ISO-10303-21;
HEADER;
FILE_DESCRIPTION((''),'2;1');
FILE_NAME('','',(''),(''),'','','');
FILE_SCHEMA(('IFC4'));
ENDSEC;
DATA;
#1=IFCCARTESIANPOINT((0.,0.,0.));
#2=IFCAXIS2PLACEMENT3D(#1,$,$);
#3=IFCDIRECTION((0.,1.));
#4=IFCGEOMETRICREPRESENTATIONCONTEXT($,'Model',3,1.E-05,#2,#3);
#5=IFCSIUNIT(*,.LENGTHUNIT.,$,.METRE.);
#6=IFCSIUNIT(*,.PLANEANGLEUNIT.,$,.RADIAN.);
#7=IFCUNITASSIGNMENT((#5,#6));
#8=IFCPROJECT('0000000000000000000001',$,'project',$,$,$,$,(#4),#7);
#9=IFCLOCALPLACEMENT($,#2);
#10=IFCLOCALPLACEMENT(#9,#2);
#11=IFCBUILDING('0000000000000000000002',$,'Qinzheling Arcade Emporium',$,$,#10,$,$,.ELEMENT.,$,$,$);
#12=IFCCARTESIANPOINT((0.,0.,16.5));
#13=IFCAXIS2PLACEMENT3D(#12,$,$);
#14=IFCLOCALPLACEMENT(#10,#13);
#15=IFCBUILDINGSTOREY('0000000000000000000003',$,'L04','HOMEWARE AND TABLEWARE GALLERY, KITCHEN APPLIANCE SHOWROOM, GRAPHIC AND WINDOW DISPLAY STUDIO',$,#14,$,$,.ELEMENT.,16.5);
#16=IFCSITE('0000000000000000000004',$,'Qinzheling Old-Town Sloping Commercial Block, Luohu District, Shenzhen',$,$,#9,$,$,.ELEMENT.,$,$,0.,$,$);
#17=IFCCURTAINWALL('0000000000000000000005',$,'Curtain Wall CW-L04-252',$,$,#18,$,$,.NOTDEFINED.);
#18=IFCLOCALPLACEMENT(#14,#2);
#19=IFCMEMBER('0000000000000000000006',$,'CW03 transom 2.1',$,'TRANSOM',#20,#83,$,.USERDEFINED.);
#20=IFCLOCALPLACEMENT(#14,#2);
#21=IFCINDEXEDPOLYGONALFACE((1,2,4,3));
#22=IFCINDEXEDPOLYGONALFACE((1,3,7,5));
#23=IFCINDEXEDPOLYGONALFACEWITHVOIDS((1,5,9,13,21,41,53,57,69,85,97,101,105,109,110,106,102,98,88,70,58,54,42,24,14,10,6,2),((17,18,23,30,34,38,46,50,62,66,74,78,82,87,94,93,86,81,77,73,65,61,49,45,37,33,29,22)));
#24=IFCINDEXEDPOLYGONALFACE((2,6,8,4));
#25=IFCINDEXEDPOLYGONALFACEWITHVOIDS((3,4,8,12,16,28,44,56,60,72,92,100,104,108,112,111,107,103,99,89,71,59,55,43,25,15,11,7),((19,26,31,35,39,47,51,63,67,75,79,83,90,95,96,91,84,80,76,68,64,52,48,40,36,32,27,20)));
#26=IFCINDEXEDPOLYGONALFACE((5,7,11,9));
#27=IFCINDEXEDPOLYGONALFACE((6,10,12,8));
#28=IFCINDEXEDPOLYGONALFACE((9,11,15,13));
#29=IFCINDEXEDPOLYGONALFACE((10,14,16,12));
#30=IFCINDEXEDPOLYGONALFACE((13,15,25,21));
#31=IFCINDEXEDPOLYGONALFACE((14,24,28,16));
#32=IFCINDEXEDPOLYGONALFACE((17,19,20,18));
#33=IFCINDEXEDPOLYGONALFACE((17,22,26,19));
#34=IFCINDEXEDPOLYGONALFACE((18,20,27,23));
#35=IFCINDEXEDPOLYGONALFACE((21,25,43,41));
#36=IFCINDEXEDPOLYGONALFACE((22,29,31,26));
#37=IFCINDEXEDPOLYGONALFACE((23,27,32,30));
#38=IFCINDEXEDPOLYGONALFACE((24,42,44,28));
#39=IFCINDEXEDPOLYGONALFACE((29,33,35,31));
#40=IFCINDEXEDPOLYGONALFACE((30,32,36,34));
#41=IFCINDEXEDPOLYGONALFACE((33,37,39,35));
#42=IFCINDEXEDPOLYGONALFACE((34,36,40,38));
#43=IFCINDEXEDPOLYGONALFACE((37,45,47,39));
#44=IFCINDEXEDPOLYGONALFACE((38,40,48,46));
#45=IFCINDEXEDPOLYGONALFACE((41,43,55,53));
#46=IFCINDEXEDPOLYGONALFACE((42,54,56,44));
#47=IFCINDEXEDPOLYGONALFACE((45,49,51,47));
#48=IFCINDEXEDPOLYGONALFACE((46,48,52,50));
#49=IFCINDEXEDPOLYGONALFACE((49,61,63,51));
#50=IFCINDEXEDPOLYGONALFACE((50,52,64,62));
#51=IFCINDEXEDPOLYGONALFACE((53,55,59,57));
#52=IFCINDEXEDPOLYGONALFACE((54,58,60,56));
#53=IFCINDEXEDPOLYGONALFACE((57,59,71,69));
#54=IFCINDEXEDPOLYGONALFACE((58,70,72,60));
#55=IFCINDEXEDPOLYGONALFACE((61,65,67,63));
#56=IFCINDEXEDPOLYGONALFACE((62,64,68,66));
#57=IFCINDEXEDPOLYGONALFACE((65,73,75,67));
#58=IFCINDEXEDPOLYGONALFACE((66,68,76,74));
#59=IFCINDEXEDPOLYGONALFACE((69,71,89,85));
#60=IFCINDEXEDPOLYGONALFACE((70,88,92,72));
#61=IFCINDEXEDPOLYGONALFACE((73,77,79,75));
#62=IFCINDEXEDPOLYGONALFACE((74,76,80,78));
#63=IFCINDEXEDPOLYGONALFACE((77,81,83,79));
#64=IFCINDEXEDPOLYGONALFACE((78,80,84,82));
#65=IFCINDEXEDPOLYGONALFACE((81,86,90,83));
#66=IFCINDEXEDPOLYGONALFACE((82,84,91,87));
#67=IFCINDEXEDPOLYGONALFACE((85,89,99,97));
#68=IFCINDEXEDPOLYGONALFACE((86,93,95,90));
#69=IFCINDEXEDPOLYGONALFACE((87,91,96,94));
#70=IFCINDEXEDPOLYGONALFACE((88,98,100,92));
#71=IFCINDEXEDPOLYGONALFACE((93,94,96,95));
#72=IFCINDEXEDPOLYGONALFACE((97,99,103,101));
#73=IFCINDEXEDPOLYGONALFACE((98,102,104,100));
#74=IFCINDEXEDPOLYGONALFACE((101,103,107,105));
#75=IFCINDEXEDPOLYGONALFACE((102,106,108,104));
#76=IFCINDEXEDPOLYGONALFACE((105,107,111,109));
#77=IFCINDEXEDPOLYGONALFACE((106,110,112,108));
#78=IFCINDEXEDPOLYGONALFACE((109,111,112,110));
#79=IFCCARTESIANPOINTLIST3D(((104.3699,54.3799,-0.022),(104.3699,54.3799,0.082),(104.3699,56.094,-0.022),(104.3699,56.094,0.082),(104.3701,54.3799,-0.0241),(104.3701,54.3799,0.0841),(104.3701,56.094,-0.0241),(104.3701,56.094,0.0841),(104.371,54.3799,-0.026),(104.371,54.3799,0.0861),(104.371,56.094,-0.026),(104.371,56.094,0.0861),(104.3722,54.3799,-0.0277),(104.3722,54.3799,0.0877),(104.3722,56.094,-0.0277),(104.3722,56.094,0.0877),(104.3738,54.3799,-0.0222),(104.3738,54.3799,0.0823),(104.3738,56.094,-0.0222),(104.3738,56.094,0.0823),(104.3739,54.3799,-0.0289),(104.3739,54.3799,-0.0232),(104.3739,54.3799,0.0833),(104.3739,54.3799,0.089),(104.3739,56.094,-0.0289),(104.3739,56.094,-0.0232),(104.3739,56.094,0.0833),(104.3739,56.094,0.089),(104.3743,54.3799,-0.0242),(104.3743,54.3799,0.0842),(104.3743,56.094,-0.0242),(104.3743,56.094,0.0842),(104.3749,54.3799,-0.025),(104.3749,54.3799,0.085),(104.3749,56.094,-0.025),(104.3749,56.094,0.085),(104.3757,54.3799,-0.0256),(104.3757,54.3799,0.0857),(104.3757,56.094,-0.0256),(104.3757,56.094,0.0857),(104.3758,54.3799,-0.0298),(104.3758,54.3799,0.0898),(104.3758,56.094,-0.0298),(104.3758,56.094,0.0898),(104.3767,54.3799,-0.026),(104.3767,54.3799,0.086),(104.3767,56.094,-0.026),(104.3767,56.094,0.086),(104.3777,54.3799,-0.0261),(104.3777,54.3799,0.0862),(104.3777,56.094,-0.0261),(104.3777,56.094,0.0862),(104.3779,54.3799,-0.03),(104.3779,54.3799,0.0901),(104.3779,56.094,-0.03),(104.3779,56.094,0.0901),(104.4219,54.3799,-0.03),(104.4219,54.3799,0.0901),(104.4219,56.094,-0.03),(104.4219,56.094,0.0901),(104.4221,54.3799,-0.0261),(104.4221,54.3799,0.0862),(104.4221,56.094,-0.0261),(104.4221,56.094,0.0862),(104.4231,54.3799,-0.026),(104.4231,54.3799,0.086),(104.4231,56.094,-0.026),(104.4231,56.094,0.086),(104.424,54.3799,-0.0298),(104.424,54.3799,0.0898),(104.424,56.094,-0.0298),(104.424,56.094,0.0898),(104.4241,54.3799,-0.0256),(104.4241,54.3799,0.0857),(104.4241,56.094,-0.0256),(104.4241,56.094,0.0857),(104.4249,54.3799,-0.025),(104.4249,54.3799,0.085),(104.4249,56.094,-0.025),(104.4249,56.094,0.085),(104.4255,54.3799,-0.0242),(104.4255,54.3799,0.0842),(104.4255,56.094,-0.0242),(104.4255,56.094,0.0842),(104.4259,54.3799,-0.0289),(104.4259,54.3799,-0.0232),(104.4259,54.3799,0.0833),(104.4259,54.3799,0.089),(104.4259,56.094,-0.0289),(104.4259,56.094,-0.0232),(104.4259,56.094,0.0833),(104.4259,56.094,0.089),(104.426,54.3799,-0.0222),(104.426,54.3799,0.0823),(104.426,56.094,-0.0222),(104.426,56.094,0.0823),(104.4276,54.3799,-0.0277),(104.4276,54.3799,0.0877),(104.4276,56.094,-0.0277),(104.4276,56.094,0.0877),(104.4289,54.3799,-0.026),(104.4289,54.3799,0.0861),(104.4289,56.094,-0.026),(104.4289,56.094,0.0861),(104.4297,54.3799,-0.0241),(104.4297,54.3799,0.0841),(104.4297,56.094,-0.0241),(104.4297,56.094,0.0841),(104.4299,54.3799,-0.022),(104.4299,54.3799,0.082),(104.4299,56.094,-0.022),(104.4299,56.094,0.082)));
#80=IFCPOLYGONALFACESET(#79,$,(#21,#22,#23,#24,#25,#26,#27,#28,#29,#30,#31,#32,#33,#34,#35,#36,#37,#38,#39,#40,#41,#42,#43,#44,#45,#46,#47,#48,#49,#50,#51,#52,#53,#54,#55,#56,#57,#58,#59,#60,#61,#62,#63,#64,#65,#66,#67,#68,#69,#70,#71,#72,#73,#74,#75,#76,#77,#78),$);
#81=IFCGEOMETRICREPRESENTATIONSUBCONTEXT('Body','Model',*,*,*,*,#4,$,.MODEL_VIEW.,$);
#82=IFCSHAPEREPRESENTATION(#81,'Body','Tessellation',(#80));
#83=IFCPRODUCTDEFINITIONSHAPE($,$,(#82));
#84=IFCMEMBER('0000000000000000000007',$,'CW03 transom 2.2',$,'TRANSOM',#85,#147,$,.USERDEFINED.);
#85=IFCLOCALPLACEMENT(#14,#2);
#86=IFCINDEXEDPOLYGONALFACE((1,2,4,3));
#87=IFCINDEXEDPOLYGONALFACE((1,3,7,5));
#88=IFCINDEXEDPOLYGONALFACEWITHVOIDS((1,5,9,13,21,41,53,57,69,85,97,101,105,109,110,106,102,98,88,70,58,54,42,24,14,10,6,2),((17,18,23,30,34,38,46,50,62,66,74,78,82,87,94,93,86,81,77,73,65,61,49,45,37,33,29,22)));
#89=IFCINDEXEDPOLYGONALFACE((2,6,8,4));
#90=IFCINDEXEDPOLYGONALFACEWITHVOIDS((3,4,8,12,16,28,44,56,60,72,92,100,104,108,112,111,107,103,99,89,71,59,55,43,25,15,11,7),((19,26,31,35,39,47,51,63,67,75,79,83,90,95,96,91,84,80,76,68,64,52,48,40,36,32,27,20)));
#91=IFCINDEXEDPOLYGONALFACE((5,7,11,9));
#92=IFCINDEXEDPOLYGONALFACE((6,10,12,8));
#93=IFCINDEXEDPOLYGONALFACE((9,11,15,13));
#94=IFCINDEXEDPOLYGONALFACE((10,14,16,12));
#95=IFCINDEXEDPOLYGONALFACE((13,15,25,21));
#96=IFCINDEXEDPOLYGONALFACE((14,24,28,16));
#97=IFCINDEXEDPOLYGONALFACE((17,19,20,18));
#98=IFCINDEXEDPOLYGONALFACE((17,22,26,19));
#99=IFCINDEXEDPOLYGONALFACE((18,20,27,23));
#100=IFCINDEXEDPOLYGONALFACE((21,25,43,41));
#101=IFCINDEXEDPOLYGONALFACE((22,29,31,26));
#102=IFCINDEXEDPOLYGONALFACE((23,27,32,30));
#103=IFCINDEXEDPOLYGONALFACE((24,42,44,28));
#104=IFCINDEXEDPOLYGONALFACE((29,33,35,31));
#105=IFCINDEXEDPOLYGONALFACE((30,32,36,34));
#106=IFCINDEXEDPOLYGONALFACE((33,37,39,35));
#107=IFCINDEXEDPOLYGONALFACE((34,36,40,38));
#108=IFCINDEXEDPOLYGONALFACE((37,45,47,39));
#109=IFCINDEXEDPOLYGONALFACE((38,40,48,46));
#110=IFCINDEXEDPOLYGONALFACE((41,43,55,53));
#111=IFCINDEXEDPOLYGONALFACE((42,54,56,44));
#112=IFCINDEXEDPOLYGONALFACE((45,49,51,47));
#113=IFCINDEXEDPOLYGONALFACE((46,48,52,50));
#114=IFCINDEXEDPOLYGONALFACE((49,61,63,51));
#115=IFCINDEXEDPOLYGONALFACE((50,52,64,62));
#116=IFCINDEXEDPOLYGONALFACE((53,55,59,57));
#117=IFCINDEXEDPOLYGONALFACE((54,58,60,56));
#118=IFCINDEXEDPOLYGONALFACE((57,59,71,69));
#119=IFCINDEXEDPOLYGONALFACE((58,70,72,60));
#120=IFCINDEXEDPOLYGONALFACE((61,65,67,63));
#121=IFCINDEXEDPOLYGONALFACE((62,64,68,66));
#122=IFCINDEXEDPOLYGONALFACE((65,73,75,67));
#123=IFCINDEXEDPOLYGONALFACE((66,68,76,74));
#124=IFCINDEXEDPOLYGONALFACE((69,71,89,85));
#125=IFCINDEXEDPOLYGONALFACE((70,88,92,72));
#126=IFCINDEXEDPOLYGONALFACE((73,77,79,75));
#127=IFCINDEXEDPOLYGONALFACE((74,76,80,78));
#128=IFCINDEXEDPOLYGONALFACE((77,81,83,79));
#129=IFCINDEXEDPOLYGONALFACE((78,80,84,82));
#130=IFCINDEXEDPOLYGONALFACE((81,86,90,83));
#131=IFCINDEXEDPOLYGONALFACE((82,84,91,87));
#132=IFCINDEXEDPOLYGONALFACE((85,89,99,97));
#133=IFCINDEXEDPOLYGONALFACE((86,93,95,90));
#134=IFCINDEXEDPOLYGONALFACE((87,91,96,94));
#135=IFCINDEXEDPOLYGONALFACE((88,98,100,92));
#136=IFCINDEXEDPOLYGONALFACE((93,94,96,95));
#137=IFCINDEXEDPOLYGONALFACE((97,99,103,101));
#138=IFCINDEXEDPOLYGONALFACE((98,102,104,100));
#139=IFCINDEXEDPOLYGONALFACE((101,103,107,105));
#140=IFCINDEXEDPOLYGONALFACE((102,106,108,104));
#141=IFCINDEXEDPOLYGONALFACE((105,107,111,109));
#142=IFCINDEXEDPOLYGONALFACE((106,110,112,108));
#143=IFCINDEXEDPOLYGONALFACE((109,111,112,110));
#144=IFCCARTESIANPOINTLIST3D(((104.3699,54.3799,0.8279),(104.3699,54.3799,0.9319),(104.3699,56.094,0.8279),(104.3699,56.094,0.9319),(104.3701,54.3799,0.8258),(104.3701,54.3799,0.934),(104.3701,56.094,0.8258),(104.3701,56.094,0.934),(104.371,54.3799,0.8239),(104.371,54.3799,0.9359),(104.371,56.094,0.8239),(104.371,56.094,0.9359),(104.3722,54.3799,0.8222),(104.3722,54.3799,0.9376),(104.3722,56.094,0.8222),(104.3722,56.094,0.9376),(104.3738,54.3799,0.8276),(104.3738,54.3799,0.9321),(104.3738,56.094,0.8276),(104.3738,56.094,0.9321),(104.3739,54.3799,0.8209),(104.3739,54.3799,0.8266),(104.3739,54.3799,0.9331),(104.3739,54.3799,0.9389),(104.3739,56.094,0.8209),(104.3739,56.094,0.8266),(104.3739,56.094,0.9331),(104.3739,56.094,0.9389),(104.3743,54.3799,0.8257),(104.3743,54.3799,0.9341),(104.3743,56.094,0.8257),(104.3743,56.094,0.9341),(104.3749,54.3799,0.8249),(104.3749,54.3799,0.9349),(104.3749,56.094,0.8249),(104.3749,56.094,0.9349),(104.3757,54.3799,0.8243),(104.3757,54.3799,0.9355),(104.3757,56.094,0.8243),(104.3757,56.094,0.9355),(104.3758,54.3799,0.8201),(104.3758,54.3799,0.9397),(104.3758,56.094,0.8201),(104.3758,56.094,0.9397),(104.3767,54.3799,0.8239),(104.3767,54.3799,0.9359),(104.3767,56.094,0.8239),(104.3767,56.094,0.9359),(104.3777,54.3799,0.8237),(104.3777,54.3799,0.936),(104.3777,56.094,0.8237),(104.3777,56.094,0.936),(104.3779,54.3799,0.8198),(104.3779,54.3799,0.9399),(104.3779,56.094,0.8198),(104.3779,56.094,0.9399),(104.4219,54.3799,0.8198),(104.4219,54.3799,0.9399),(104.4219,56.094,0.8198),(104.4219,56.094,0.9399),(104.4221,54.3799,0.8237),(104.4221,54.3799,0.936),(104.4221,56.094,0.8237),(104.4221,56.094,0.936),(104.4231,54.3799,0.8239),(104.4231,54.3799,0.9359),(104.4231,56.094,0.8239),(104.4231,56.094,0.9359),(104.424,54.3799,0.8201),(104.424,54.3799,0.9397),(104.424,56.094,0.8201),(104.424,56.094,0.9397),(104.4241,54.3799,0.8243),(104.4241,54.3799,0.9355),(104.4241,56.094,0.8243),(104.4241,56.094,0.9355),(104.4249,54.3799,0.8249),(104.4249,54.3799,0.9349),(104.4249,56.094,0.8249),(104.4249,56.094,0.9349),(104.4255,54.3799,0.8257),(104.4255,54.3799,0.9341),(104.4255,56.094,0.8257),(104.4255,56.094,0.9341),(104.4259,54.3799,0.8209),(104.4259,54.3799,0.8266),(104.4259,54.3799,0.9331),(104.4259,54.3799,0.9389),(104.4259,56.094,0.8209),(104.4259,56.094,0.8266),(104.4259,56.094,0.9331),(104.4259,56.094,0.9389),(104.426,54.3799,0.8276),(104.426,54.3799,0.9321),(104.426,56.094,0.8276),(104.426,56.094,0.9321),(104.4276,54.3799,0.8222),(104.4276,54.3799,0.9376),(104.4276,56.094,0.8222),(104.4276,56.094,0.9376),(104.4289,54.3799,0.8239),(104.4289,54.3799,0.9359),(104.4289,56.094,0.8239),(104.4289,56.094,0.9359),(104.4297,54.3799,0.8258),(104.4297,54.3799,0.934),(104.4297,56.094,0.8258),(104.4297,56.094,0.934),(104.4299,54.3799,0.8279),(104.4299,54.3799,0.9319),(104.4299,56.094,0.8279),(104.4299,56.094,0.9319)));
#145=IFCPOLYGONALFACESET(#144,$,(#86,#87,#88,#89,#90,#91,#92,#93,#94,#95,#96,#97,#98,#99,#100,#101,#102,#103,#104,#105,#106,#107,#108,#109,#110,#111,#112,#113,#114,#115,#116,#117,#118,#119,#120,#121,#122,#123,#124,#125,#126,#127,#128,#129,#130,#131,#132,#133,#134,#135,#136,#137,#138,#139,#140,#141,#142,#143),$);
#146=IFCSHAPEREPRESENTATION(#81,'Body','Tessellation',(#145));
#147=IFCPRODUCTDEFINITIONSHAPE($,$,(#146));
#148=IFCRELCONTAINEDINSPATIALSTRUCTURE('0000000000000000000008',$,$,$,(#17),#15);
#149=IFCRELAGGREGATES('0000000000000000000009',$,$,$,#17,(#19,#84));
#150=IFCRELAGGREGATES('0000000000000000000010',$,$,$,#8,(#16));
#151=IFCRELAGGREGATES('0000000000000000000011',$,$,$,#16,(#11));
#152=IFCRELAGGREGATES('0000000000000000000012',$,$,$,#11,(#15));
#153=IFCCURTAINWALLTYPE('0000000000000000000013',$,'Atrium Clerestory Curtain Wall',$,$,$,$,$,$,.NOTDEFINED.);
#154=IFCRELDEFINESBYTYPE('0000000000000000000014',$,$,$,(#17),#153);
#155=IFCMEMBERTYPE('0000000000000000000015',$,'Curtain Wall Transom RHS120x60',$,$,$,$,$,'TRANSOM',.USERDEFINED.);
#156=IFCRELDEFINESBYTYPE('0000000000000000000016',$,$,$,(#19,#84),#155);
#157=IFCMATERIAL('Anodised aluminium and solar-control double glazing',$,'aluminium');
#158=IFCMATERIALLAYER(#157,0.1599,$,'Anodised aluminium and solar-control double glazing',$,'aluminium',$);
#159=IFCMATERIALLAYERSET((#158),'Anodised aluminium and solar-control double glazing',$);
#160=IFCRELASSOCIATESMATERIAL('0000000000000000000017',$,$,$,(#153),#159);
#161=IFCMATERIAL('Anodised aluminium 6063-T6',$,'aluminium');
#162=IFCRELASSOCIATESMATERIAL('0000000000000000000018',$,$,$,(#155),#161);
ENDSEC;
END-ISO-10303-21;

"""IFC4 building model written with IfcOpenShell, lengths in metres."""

from ifc_helpers import new_model, si_unit, direction, frame, origin, origin_2d, place, context, subcontext, project, spatial, hollow_rectangle, extrude, material, layer, layer_set, material_profile, profile_set, type_object, element, aggregate, save


model = new_model("IFC4")

# Units and contexts
model_context = context("Model", 3, precision=1e-05, world=origin(), true_north=direction((0.0, 1.0)))
body_context = subcontext(model_context, "Body", "Model", "MODEL_VIEW")
ifc_project = project(units=[si_unit("LENGTHUNIT", "METRE"), si_unit("PLANEANGLEUNIT", "RADIAN")], contexts=[model_context])

# Site, building, storey
site_placement = place(None, origin())
site = spatial("IfcSite", under=ifc_project, at=site_placement, Name="Qinzheling Old-Town Sloping Commercial Block, Luohu District, Shenzhen", CompositionType="ELEMENT", RefElevation=0.0)
building_placement = place(site_placement, origin())
building = spatial("IfcBuilding", under=site, at=building_placement, Name="Qinzheling Arcade Emporium", CompositionType="ELEMENT")
storey_placement = place(building_placement, frame((0.0, 0.0, 16.5)))
storey = spatial("IfcBuildingStorey", under=building, at=storey_placement, Name="L04", Description="HOMEWARE AND TABLEWARE GALLERY, KITCHEN APPLIANCE SHOWROOM, GRAPHIC AND WINDOW DISPLAY STUDIO", CompositionType="ELEMENT", Elevation=16.5)

# Curtain wall
ifc_material_1 = material(Name="Anodised aluminium and solar-control double glazing", Category="aluminium")
ifc_layer_1 = layer(ifc_material_1, 0.1599, Name="Anodised aluminium and solar-control double glazing", Category="aluminium")
ifc_layer_set_1 = layer_set([ifc_layer_1], Name="Anodised aluminium and solar-control double glazing")
curtain_wall_type = type_object("IfcCurtainWallType", Name="Atrium Clerestory Curtain Wall", PredefinedType="NOTDEFINED", material=ifc_layer_set_1)
ifc_material_2 = material(Name="Anodised aluminium 6063-T6", Category="aluminium")
curtain_wall_1_placement = place(storey_placement, origin())
curtain_wall_1 = element("IfcCurtainWall", 1, at=curtain_wall_1_placement, inside=storey, type_object=curtain_wall_type, Name="Curtain Wall CW-L04-252", PredefinedType="NOTDEFINED")

# Members
ifc_material_profile_1 = material_profile(ifc_material_2, hollow_rectangle(XDim=0.0601, YDim=0.1201, WallThickness=0.0039, InnerFilletRadius=0.0039, OuterFilletRadius=0.0081, at=origin_2d()), Name="RHS 120x60x4", Category="aluminium")
ifc_profile_set_1 = profile_set([ifc_material_profile_1], Name="Anodised aluminium 6063-T6")
member_type_1 = type_object("IfcMemberType", Name="Curtain Wall Transom RHS120x60", ElementType="TRANSOM", PredefinedType="USERDEFINED", material=ifc_profile_set_1)
member_1_placement = place(storey_placement, frame((104.3999, 56.094, 0.03), z_axis=(0.0, -1.0, 0.0), x_axis=(1.0, 0.0, 0.0)))
member_1 = element("IfcMember", 2, at=member_1_placement, type_object=member_type_1, Name="CW03 transom 2.1", ObjectType="TRANSOM", PredefinedType="USERDEFINED", context=body_context, shape_type="SweptSolid", body=[
    extrude(hollow_rectangle(XDim=0.0601, YDim=0.1201, WallThickness=0.0039, InnerFilletRadius=0.0039, OuterFilletRadius=0.0081, at=origin_2d()), origin(), (0.0, 0.0, 1.0), 1.7141),
])
member_2_placement = place(storey_placement, frame((104.3999, 56.094, 0.8799), z_axis=(0.0, -1.0, 0.0), x_axis=(1.0, 0.0, 0.0)))
member_2 = element("IfcMember", 3, at=member_2_placement, type_object=member_type_1, Name="CW03 transom 2.2", ObjectType="TRANSOM", PredefinedType="USERDEFINED", context=body_context, shape_type="SweptSolid", body=[
    extrude(hollow_rectangle(XDim=0.0601, YDim=0.1201, WallThickness=0.0039, InnerFilletRadius=0.0039, OuterFilletRadius=0.0081, at=origin_2d()), origin(), (0.0, 0.0, 1.0), 1.7141),
])

aggregate(curtain_wall_1, [member_1, member_2])

save(model, "model.ifc")
